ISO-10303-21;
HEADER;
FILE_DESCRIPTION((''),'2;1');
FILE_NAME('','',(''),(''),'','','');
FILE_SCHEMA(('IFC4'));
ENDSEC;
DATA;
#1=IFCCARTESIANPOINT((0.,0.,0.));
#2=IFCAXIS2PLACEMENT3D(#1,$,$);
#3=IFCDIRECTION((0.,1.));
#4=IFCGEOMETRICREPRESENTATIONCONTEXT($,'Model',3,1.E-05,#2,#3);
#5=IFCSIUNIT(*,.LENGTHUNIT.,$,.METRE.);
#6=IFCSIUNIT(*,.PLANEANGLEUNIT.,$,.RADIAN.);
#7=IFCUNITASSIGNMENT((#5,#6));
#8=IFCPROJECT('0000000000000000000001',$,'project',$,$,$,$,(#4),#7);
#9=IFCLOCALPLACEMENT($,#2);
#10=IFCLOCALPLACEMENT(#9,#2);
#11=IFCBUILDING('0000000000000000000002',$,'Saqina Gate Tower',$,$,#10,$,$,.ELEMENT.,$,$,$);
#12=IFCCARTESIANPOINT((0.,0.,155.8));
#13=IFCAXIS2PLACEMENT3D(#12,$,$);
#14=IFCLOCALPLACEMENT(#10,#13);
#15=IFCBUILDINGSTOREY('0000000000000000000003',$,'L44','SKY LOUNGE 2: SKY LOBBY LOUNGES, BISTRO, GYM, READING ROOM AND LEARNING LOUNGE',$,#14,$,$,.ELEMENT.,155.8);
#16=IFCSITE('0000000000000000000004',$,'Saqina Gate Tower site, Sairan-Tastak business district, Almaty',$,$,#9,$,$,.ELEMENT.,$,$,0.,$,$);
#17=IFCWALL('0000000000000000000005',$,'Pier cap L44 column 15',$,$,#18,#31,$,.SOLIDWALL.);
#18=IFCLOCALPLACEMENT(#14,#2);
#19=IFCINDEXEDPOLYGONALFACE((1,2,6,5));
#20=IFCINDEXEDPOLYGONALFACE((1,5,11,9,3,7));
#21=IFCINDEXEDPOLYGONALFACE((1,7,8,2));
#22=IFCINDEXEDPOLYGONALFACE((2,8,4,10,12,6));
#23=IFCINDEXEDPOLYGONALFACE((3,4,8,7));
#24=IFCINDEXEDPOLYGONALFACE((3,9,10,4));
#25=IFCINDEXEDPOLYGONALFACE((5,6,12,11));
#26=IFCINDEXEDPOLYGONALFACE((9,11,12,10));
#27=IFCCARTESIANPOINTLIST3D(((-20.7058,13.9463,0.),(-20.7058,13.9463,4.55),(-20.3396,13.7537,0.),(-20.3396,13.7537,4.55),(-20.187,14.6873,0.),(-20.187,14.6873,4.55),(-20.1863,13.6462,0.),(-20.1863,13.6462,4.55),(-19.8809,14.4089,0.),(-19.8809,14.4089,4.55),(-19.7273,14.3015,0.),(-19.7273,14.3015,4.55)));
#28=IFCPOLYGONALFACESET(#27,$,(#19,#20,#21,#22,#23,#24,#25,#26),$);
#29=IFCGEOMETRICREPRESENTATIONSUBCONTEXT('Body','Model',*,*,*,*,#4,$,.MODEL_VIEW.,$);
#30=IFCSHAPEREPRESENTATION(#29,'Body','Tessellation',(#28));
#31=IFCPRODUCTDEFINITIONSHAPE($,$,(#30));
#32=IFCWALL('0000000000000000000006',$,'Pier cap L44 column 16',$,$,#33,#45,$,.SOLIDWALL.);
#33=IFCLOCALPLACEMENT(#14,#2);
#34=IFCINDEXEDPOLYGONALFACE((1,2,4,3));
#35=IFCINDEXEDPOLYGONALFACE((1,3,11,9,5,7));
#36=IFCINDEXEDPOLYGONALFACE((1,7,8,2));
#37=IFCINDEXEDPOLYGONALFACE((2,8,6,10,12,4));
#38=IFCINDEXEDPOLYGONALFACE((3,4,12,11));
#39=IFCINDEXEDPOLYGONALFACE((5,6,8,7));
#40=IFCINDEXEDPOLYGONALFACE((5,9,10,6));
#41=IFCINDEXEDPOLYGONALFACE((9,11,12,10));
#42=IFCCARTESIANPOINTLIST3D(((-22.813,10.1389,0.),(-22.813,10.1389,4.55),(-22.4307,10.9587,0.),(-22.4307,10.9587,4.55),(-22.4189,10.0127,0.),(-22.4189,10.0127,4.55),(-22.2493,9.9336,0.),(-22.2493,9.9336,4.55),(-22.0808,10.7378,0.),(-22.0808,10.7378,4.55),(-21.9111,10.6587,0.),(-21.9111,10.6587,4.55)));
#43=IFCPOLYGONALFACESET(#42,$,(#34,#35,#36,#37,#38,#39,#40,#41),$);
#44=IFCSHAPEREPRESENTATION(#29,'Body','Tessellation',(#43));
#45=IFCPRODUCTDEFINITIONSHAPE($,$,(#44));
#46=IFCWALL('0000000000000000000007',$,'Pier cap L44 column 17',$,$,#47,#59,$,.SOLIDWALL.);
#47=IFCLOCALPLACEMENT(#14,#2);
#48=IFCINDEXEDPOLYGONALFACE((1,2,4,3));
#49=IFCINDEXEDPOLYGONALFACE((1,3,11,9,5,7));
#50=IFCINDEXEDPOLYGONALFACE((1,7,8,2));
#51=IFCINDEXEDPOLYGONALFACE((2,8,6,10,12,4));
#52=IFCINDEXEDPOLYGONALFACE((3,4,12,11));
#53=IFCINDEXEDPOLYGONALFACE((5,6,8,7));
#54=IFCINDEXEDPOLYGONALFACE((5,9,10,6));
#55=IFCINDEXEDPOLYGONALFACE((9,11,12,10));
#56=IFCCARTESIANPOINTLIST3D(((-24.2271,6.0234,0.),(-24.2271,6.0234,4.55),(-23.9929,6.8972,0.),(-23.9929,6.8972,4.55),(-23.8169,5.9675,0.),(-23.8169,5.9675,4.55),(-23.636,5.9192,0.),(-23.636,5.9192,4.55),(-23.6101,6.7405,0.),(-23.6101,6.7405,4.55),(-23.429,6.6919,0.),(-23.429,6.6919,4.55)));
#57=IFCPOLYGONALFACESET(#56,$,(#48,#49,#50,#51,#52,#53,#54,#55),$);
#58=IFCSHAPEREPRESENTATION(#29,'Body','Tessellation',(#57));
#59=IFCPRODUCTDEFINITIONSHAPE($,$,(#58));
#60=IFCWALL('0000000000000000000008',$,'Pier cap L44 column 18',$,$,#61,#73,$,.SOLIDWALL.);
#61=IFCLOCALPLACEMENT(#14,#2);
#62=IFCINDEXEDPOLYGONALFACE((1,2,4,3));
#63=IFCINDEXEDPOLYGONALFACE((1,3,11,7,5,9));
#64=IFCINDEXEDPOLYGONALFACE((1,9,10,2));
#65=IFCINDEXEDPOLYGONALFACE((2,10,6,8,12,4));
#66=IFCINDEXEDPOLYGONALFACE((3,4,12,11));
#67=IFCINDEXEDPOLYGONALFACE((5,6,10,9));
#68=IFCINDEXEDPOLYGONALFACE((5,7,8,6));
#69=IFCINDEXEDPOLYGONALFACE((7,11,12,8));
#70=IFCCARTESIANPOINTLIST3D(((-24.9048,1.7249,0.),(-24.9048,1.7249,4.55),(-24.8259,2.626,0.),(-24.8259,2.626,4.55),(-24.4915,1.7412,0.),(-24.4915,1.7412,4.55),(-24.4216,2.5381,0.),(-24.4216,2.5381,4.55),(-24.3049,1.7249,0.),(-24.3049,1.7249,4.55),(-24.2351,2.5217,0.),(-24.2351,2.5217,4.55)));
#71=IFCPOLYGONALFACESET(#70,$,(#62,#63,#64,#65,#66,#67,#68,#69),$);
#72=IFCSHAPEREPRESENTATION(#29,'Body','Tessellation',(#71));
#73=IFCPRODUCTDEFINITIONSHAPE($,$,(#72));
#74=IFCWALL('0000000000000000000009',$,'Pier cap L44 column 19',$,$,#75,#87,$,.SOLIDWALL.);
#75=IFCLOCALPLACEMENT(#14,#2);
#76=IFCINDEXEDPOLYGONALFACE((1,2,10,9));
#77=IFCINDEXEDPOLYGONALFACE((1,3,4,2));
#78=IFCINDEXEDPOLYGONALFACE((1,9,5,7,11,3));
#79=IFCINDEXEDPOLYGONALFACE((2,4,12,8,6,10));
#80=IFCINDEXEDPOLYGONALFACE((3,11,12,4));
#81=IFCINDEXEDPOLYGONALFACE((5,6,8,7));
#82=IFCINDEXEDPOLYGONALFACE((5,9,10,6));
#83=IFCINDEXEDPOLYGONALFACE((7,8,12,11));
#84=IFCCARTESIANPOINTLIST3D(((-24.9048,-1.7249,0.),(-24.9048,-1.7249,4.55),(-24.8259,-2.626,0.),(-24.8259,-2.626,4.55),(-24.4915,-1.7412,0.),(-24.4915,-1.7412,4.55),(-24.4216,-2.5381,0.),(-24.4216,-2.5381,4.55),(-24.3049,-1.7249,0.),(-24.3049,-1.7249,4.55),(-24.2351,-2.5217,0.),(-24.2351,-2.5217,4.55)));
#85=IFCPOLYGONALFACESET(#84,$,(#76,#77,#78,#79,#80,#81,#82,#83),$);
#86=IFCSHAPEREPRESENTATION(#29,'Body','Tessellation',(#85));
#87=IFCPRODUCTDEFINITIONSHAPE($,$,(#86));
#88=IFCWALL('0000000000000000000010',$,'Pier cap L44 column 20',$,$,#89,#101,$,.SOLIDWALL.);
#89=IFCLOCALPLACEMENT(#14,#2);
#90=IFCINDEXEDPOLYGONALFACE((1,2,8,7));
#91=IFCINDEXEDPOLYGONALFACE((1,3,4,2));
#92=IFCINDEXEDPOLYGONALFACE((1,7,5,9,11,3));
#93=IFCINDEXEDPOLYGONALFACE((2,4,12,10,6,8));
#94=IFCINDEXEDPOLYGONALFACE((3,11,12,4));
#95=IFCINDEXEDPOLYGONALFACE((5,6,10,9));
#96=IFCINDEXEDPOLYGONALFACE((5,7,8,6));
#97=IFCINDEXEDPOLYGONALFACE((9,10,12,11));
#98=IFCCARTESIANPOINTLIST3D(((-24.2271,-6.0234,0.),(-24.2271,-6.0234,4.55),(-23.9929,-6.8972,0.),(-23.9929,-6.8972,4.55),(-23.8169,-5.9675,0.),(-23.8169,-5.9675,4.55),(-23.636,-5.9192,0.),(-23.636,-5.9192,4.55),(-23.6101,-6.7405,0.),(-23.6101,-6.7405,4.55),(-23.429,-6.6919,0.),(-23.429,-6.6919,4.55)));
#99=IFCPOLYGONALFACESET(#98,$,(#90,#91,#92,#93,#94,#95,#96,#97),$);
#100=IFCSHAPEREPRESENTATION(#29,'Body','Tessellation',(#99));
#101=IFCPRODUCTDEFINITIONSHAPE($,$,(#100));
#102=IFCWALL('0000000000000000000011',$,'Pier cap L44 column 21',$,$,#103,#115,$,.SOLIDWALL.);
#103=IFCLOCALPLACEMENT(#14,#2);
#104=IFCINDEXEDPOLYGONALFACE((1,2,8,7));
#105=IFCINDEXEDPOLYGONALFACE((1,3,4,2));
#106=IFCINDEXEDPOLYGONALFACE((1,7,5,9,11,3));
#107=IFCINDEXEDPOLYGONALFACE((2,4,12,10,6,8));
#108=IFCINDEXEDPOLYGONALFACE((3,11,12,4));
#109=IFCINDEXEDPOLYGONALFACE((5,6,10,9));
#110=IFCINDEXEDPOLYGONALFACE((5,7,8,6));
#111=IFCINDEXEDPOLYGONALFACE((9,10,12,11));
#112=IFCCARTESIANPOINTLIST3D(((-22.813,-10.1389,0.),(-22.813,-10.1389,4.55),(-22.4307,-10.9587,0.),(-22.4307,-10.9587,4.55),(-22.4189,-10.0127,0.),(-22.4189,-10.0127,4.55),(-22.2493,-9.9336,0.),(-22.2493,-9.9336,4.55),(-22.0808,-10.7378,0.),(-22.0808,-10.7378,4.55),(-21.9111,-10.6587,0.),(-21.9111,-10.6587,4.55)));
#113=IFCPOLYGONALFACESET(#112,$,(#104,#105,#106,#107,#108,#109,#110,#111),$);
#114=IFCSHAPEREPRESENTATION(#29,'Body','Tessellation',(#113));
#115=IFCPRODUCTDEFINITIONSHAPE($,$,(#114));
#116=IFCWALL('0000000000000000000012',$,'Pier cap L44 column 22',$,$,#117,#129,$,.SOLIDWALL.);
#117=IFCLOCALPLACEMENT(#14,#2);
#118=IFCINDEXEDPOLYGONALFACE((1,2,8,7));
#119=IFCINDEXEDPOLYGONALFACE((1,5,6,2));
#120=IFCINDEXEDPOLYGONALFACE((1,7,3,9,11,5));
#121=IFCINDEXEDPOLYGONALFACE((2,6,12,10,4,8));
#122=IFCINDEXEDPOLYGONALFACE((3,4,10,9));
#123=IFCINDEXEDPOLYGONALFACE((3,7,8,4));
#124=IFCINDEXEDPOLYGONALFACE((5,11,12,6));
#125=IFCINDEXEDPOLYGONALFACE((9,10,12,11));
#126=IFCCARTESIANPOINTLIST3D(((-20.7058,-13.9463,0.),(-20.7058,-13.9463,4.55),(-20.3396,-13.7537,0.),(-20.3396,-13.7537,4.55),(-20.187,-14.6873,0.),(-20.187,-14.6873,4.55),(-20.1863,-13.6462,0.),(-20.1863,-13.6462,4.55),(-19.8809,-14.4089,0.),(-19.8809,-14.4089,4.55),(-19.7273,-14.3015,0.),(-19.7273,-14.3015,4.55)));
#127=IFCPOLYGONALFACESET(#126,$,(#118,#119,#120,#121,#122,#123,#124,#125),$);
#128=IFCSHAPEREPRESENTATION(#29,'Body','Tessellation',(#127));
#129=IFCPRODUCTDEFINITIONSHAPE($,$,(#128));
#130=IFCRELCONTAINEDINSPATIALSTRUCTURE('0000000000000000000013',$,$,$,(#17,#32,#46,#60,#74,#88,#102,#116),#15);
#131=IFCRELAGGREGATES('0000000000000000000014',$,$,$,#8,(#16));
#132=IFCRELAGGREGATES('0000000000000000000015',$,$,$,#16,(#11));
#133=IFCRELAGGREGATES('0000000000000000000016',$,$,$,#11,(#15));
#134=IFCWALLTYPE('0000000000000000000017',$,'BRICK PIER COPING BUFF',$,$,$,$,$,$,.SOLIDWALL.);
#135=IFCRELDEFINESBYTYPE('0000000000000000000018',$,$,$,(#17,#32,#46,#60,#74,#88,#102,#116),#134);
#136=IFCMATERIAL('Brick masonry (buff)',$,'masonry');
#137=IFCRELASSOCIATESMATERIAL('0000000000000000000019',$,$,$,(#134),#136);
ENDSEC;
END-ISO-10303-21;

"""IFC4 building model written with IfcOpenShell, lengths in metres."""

from ifc_helpers import new_model, si_unit, direction, frame, origin, place, context, subcontext, project, spatial, polyline, outline, extrude, material, type_object, element, save


model = new_model("IFC4")

# Units and contexts
model_context = context("Model", 3, precision=1e-05, world=origin(), true_north=direction((0.0, 1.0)))
body_context = subcontext(model_context, "Body", "Model", "MODEL_VIEW")
ifc_project = project(units=[si_unit("LENGTHUNIT", "METRE"), si_unit("PLANEANGLEUNIT", "RADIAN")], contexts=[model_context])

# Site, building, storey
site_placement = place(None, origin())
site = spatial("IfcSite", under=ifc_project, at=site_placement, Name="Saqina Gate Tower site, Sairan-Tastak business district, Almaty", CompositionType="ELEMENT", RefElevation=0.0)
building_placement = place(site_placement, origin())
building = spatial("IfcBuilding", under=site, at=building_placement, Name="Saqina Gate Tower", CompositionType="ELEMENT")
storey_placement = place(building_placement, frame((0.0, 0.0, 155.8)))
storey = spatial("IfcBuildingStorey", under=building, at=storey_placement, Name="L44", Description="SKY LOUNGE 2: SKY LOBBY LOUNGES, BISTRO, GYM, READING ROOM AND LEARNING LOUNGE", CompositionType="ELEMENT", Elevation=155.8)

# Walls
ifc_material_1 = material(Name="Brick masonry (buff)", Category="masonry")
wall_type = type_object("IfcWallType", Name="BRICK PIER COPING BUFF", PredefinedType="SOLIDWALL", material=ifc_material_1)
wall_1_placement = place(storey_placement, origin())
element("IfcWall", 1, at=wall_1_placement, inside=storey, type_object=wall_type, Name="Pier cap L44 column 15", PredefinedType="SOLIDWALL", context=body_context, shape_type="SweptSolid", body=[
    extrude(outline(polyline([(-20.187, 14.6873), (-20.7058, 13.9463), (-20.1863, 13.6462), (-20.3396, 13.7537), (-19.8809, 14.4089), (-19.7273, 14.3015), (-20.187, 14.6873)])), origin(), (0.0, 0.0, 1.0), 4.55),
])
wall_2_placement = place(storey_placement, origin())
element("IfcWall", 2, at=wall_2_placement, inside=storey, type_object=wall_type, Name="Pier cap L44 column 16", PredefinedType="SOLIDWALL", context=body_context, shape_type="SweptSolid", body=[
    extrude(outline(polyline([(-22.813, 10.1389), (-22.2493, 9.9336), (-22.4189, 10.0127), (-22.0808, 10.7378), (-21.9111, 10.6587), (-22.4307, 10.9587), (-22.813, 10.1389)])), origin(), (0.0, 0.0, 1.0), 4.55),
])
wall_3_placement = place(storey_placement, origin())
element("IfcWall", 3, at=wall_3_placement, inside=storey, type_object=wall_type, Name="Pier cap L44 column 17", PredefinedType="SOLIDWALL", context=body_context, shape_type="SweptSolid", body=[
    extrude(outline(polyline([(-24.2271, 6.0234), (-23.636, 5.9192), (-23.8169, 5.9675), (-23.6101, 6.7405), (-23.429, 6.6919), (-23.9929, 6.8972), (-24.2271, 6.0234)])), origin(), (0.0, 0.0, 1.0), 4.55),
])
wall_4_placement = place(storey_placement, origin())
element("IfcWall", 4, at=wall_4_placement, inside=storey, type_object=wall_type, Name="Pier cap L44 column 18", PredefinedType="SOLIDWALL", context=body_context, shape_type="SweptSolid", body=[
    extrude(outline(polyline([(-24.8259, 2.626), (-24.9048, 1.7249), (-24.3049, 1.7249), (-24.4915, 1.7412), (-24.4216, 2.5381), (-24.2351, 2.5217), (-24.8259, 2.626)])), origin(), (0.0, 0.0, 1.0), 4.55),
])
wall_5_placement = place(storey_placement, origin())
element("IfcWall", 5, at=wall_5_placement, inside=storey, type_object=wall_type, Name="Pier cap L44 column 19", PredefinedType="SOLIDWALL", context=body_context, shape_type="SweptSolid", body=[
    extrude(outline(polyline([(-24.9048, -1.7249), (-24.8259, -2.626), (-24.2351, -2.5217), (-24.4216, -2.5381), (-24.4915, -1.7412), (-24.3049, -1.7249), (-24.9048, -1.7249)])), origin(), (0.0, 0.0, 1.0), 4.55),
])
wall_6_placement = place(storey_placement, origin())
element("IfcWall", 6, at=wall_6_placement, inside=storey, type_object=wall_type, Name="Pier cap L44 column 20", PredefinedType="SOLIDWALL", context=body_context, shape_type="SweptSolid", body=[
    extrude(outline(polyline([(-24.2271, -6.0234), (-23.9929, -6.8972), (-23.429, -6.6919), (-23.6101, -6.7405), (-23.8169, -5.9675), (-23.636, -5.9192), (-24.2271, -6.0234)])), origin(), (0.0, 0.0, 1.0), 4.55),
])
wall_7_placement = place(storey_placement, origin())
element("IfcWall", 7, at=wall_7_placement, inside=storey, type_object=wall_type, Name="Pier cap L44 column 21", PredefinedType="SOLIDWALL", context=body_context, shape_type="SweptSolid", body=[
    extrude(outline(polyline([(-22.4307, -10.9587), (-21.9111, -10.6587), (-22.0808, -10.7378), (-22.4189, -10.0127), (-22.2493, -9.9336), (-22.813, -10.1389), (-22.4307, -10.9587)])), origin(), (0.0, 0.0, 1.0), 4.55),
])
wall_8_placement = place(storey_placement, origin())
element("IfcWall", 8, at=wall_8_placement, inside=storey, type_object=wall_type, Name="Pier cap L44 column 22", PredefinedType="SOLIDWALL", context=body_context, shape_type="SweptSolid", body=[
    extrude(outline(polyline([(-20.7058, -13.9463), (-20.187, -14.6873), (-19.7273, -14.3015), (-19.8809, -14.4089), (-20.3396, -13.7537), (-20.1863, -13.6462), (-20.7058, -13.9463)])), origin(), (0.0, 0.0, 1.0), 4.55),
])

save(model, "model.ifc")
